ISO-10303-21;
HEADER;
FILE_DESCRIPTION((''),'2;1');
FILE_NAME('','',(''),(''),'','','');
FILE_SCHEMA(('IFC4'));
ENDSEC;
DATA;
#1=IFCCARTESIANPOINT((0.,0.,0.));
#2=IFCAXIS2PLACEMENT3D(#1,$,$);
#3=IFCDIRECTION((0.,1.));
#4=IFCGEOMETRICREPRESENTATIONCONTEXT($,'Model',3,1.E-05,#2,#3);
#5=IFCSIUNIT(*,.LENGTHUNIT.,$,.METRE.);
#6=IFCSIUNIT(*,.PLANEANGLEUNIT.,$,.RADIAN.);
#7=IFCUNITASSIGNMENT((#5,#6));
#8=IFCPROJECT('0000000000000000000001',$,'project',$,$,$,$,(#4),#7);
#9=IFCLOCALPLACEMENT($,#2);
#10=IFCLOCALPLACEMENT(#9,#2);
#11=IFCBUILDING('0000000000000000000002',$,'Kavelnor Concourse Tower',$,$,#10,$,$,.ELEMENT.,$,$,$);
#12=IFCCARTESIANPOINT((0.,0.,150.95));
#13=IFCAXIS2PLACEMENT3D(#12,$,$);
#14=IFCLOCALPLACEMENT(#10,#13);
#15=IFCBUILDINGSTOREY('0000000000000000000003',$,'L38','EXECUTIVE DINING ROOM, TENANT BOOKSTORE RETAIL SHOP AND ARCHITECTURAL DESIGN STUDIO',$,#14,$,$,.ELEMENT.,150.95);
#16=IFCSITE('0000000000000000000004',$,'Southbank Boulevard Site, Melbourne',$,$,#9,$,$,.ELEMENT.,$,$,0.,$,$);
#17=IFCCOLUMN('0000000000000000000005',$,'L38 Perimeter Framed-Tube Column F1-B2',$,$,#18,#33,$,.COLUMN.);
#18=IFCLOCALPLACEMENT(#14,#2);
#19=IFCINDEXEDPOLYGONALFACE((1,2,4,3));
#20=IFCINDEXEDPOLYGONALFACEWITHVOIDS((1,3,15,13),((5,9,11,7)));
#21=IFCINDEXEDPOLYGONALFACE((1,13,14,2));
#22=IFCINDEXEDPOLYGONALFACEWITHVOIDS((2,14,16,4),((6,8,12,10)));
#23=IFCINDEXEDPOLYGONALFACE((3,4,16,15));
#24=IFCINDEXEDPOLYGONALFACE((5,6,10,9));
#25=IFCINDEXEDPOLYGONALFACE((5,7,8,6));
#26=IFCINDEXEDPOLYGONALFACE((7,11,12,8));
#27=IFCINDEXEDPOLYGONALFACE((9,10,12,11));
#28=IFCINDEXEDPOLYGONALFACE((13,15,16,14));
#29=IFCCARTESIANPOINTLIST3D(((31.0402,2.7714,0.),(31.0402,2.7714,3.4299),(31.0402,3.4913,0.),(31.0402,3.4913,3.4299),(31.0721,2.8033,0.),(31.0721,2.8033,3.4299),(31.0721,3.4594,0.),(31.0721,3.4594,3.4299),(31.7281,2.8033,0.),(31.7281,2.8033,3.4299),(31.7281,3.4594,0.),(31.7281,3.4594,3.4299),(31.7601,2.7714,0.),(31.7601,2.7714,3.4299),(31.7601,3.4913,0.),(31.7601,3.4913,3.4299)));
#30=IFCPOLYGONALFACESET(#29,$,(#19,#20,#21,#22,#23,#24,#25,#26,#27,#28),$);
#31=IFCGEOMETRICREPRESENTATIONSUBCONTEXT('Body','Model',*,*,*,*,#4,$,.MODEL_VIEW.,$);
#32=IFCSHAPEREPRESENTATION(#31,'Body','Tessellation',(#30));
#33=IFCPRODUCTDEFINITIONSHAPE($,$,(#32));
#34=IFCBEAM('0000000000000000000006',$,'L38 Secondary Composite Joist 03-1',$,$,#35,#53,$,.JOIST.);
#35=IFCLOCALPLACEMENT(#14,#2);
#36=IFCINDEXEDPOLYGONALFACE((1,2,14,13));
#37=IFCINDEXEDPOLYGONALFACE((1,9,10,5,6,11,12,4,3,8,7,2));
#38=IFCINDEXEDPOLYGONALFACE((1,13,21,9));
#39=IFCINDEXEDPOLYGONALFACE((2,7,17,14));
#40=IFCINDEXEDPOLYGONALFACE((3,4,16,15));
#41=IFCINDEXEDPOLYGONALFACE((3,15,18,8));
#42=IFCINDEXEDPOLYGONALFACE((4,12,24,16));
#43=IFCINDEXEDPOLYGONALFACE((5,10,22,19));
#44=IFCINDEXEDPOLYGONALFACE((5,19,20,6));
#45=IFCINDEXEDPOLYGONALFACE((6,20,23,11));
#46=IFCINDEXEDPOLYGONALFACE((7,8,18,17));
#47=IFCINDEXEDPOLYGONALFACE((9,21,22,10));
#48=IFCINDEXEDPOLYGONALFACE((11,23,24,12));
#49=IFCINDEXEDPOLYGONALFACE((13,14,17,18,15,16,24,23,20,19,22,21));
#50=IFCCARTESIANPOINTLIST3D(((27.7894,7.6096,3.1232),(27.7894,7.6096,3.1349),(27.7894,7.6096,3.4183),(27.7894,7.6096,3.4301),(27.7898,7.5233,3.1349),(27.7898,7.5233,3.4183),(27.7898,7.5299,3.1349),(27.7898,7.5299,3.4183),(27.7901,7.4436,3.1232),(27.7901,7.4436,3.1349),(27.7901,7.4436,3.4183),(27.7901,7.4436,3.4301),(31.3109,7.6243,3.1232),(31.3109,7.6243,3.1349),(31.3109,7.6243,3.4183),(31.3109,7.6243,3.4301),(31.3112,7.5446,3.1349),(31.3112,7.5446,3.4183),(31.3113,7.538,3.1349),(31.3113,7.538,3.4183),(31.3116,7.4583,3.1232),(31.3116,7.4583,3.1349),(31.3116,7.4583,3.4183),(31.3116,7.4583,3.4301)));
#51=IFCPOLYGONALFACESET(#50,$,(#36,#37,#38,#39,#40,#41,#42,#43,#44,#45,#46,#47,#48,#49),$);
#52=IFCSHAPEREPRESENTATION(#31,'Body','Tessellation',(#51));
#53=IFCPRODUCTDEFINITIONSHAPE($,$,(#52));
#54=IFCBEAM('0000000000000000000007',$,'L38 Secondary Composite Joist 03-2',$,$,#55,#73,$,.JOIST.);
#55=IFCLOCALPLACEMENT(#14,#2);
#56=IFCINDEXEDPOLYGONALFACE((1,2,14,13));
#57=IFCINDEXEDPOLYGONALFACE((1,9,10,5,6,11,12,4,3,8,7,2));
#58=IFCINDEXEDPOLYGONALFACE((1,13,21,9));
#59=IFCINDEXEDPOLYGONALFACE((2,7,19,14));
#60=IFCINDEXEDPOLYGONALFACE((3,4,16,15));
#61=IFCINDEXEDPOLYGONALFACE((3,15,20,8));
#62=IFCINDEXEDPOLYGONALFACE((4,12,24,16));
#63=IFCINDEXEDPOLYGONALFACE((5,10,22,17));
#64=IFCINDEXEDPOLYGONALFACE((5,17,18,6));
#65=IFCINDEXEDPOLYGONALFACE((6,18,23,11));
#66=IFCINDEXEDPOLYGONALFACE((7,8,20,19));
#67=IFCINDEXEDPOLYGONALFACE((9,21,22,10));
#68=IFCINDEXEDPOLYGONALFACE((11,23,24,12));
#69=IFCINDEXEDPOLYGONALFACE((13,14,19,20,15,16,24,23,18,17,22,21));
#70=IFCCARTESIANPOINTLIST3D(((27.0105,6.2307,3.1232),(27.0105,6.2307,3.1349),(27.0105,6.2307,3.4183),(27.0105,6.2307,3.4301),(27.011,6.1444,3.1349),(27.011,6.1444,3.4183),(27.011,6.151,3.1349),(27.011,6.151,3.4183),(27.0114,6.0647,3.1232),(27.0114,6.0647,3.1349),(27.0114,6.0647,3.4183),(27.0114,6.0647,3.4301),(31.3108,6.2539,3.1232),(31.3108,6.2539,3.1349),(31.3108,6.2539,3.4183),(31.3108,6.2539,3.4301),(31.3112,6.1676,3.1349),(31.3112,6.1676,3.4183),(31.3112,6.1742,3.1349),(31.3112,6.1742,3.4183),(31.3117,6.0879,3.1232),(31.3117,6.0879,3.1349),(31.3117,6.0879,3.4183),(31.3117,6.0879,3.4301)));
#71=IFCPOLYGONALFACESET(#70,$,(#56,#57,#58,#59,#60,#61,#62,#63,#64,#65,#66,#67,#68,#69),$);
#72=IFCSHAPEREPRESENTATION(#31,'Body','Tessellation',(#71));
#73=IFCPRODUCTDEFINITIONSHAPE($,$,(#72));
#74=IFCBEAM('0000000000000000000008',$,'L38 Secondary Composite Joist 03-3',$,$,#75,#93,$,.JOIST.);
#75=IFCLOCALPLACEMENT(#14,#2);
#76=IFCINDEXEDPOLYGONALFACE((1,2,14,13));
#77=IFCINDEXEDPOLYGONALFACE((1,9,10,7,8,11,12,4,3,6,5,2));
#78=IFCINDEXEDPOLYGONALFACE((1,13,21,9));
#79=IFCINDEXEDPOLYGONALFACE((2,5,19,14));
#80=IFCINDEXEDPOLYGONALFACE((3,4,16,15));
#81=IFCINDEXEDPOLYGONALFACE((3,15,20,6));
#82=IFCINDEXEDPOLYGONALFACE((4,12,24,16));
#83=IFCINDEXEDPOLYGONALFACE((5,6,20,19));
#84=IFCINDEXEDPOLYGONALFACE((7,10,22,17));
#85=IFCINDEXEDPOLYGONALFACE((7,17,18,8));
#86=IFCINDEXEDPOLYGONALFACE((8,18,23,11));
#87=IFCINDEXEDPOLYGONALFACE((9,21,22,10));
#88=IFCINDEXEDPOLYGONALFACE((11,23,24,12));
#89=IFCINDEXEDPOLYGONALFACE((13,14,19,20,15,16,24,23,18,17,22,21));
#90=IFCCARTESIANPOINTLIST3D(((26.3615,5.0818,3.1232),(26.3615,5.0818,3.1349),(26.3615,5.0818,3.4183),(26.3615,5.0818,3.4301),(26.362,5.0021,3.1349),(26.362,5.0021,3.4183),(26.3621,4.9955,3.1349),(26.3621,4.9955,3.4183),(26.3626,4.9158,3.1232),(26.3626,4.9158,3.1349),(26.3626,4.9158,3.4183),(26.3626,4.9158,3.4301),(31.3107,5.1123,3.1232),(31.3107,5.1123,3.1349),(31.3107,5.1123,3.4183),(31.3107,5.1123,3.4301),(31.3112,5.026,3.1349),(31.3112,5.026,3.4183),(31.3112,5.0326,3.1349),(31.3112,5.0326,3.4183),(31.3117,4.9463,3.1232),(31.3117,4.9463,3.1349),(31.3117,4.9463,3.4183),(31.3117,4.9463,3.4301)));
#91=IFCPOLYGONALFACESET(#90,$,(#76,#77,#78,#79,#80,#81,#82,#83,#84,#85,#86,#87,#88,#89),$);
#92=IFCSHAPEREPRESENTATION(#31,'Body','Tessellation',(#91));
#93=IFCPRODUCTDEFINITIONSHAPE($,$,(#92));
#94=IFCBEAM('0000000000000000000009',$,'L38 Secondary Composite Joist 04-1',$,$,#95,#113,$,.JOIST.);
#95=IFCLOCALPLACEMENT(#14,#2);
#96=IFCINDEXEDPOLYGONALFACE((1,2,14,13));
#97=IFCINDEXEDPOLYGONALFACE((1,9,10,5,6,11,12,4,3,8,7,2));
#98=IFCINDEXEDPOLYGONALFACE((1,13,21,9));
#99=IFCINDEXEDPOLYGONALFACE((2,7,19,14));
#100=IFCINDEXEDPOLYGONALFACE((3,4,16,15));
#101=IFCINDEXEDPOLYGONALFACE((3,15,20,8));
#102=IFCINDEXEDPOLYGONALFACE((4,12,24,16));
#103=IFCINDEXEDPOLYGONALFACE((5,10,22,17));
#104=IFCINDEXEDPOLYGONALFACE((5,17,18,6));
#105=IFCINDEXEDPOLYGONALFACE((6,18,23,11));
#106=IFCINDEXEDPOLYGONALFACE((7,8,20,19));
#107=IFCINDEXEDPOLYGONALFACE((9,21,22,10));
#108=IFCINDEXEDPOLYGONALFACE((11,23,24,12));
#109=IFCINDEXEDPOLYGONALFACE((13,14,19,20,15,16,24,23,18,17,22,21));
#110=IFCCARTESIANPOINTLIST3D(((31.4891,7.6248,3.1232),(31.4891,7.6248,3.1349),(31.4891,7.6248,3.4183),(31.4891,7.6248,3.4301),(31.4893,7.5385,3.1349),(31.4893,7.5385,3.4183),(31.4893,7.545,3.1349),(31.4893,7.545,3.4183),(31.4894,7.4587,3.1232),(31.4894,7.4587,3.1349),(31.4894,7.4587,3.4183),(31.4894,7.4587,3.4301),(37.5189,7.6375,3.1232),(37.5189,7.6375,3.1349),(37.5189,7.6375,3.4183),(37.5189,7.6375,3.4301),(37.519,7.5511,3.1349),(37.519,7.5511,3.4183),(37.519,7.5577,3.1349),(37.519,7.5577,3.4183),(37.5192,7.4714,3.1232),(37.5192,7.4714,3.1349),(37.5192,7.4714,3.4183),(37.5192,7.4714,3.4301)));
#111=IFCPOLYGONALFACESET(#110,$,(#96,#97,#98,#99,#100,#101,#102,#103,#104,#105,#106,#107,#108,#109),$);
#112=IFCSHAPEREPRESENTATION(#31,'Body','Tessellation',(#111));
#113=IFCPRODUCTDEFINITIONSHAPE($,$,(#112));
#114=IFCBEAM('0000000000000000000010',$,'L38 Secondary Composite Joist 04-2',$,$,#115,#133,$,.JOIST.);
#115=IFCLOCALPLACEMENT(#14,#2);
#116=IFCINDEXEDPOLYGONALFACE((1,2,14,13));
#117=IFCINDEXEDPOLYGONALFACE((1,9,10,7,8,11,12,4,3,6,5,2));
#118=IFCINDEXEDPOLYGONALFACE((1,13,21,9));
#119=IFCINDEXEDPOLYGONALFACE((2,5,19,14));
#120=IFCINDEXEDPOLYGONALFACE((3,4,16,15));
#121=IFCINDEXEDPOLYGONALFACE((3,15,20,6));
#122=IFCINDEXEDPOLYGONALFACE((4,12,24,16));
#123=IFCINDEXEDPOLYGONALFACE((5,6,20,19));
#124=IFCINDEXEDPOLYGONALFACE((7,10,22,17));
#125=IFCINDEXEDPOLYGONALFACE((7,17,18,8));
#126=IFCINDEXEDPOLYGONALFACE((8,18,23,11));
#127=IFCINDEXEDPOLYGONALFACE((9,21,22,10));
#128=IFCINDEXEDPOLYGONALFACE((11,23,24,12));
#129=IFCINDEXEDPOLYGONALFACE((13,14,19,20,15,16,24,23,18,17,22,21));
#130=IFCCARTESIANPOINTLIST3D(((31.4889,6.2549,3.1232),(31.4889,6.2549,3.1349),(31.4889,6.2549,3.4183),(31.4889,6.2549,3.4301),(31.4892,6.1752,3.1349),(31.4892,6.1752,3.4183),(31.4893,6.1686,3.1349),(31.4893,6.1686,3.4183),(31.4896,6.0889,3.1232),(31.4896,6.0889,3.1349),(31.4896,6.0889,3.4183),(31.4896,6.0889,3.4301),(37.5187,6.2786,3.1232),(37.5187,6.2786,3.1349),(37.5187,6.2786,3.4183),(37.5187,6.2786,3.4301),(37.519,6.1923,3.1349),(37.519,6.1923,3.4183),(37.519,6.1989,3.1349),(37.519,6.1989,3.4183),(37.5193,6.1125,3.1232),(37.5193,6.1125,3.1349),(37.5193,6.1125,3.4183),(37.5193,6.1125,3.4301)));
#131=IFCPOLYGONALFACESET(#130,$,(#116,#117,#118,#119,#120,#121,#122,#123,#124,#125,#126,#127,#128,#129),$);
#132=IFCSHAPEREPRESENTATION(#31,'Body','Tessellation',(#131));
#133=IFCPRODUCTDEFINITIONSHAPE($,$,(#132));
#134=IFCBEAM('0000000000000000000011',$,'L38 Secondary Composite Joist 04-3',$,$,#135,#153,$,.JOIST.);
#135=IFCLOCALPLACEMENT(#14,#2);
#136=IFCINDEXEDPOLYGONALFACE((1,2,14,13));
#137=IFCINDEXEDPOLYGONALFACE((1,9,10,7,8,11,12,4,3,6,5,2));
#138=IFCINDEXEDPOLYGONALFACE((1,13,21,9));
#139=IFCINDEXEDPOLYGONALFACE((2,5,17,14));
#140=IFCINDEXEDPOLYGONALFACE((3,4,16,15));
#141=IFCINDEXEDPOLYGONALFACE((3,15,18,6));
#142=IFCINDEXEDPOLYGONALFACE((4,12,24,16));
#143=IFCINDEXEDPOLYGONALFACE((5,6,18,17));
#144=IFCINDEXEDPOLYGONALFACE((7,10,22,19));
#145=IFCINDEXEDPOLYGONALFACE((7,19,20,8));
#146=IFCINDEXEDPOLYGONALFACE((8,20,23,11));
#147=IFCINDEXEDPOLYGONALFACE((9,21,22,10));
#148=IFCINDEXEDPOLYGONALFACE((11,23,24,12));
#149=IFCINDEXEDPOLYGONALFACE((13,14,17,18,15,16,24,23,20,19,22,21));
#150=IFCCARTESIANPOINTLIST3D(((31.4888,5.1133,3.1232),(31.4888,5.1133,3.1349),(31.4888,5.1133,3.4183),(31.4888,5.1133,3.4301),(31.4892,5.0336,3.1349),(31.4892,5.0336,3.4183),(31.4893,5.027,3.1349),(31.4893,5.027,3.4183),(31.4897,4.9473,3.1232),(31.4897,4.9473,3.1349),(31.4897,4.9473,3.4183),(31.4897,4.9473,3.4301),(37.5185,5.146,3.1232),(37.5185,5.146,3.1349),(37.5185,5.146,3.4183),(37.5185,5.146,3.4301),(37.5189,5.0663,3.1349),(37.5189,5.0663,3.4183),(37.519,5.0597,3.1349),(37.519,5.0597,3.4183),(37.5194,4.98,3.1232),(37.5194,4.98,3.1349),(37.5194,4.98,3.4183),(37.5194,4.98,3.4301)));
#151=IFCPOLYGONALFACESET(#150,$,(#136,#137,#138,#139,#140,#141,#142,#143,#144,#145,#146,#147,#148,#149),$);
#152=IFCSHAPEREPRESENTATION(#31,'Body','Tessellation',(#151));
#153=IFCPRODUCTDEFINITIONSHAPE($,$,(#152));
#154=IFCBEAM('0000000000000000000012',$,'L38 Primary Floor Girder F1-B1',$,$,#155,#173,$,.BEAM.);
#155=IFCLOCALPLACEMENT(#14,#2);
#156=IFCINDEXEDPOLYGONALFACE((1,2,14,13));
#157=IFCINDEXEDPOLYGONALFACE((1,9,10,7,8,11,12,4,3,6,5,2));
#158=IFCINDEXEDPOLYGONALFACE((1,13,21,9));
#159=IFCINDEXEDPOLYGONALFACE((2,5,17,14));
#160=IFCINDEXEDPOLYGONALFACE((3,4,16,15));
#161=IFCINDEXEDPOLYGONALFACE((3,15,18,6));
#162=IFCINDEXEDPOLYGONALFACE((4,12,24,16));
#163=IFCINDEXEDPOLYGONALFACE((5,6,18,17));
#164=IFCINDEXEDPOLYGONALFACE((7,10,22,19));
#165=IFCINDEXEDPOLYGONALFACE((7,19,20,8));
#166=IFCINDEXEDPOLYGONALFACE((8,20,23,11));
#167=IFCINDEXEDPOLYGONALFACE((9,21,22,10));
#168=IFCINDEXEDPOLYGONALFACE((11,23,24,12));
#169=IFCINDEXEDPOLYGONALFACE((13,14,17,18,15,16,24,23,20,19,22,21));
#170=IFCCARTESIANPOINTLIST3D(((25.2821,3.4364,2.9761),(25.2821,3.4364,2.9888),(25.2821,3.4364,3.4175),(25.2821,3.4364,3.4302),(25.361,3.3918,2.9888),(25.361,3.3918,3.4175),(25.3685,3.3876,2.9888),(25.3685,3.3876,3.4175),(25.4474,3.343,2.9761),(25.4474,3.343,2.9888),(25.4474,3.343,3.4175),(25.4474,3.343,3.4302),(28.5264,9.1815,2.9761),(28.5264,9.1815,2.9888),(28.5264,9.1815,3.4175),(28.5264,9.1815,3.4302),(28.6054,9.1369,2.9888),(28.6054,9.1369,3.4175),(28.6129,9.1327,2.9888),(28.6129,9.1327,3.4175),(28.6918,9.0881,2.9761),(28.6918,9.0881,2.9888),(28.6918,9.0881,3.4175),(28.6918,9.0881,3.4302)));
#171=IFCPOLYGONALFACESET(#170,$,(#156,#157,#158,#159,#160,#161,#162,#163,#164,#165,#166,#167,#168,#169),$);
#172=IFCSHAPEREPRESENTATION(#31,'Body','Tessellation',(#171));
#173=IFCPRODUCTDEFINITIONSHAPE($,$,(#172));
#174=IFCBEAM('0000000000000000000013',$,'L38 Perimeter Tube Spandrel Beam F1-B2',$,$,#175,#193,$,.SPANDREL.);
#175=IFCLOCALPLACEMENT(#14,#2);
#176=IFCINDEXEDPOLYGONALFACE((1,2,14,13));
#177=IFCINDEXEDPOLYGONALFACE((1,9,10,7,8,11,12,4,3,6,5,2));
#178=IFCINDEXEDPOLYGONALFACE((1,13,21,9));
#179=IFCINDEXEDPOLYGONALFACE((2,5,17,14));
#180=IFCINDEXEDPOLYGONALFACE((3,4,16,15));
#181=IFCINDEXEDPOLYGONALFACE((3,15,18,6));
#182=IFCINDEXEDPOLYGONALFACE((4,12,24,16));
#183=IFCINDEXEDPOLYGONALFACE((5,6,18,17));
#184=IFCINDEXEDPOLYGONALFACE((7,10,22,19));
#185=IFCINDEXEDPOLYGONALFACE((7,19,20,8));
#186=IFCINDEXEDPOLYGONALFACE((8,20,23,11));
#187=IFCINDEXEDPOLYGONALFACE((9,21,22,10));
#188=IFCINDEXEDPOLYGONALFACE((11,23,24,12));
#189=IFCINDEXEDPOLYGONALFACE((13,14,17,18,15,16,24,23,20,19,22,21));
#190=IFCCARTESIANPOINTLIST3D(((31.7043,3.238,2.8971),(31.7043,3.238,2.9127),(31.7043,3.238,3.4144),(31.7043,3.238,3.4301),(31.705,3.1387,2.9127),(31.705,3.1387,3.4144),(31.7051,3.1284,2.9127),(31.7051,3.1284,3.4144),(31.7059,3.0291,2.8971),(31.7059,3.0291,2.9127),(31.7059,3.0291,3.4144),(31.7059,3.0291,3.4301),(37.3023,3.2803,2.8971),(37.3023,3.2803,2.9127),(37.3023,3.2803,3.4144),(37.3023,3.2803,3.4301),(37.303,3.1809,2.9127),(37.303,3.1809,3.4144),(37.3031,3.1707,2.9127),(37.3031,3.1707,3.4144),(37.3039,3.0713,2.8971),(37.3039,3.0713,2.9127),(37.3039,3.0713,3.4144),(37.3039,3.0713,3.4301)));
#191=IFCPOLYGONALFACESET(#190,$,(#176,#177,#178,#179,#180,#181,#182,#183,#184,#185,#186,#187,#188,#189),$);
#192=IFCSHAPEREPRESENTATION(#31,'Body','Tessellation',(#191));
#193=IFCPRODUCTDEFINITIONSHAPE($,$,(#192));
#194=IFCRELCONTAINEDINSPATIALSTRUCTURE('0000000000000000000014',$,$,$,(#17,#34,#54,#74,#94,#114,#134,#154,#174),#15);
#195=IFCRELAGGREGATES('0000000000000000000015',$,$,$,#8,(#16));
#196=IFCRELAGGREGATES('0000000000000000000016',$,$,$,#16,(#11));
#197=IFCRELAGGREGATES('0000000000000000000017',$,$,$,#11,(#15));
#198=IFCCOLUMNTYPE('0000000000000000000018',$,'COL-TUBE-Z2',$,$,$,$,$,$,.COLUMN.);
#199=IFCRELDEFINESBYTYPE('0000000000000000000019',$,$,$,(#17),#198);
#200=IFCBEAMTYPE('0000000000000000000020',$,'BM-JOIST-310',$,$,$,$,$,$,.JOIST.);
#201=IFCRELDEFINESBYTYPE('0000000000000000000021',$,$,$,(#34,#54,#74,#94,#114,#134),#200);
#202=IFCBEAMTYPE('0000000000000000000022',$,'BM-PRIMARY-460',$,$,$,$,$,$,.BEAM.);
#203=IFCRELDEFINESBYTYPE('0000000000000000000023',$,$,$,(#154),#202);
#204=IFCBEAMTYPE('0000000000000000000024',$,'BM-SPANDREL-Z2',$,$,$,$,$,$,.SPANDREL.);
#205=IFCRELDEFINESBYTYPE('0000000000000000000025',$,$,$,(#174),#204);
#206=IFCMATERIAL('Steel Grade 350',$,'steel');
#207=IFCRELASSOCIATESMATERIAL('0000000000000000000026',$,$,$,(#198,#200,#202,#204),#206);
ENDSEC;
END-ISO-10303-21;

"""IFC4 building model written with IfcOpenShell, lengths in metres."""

from ifc_helpers import new_model, si_unit, direction, frame, origin, origin_2d, place, context, subcontext, project, spatial, hollow_rectangle, i_section, extrude, material, material_profile, profile_set, type_object, element, save


model = new_model("IFC4")

# Units and contexts
model_context = context("Model", 3, precision=1e-05, world=origin(), true_north=direction((0.0, 1.0)))
body_context = subcontext(model_context, "Body", "Model", "MODEL_VIEW")
ifc_project = project(units=[si_unit("LENGTHUNIT", "METRE"), si_unit("PLANEANGLEUNIT", "RADIAN")], contexts=[model_context])

# Site, building, storey
site_placement = place(None, origin())
site = spatial("IfcSite", under=ifc_project, at=site_placement, Name="Southbank Boulevard Site, Melbourne", CompositionType="ELEMENT", RefElevation=0.0)
building_placement = place(site_placement, origin())
building = spatial("IfcBuilding", under=site, at=building_placement, Name="Kavelnor Concourse Tower", CompositionType="ELEMENT")
storey_placement = place(building_placement, frame((0.0, 0.0, 150.95)))
storey = spatial("IfcBuildingStorey", under=building, at=storey_placement, Name="L38", Description="EXECUTIVE DINING ROOM, TENANT BOOKSTORE RETAIL SHOP AND ARCHITECTURAL DESIGN STUDIO", CompositionType="ELEMENT", Elevation=150.95)

# Column
ifc_material_1 = material(Name="Steel Grade 350", Category="steel")
ifc_material_profile_1 = material_profile(ifc_material_1, hollow_rectangle(XDim=0.72, YDim=0.72, WallThickness=0.032, at=origin_2d()), Name="SHS 720x720x32")
ifc_profile_set_1 = profile_set([ifc_material_profile_1], Name="Steel Grade 350")
column_type = type_object("IfcColumnType", Name="COL-TUBE-Z2", PredefinedType="COLUMN", material=ifc_profile_set_1)
column_placement = place(storey_placement, frame((31.4001, 3.1313, 0.0), z_axis=(0.0, 0.0, 1.0), x_axis=(1.0, 0.0, 0.0)))
element("IfcColumn", 1, at=column_placement, inside=storey, type_object=column_type, Name="L38 Perimeter Framed-Tube Column F1-B2", PredefinedType="COLUMN", context=body_context, shape_type="SweptSolid", body=[
    extrude(hollow_rectangle(XDim=0.72, YDim=0.72, WallThickness=0.032, at=origin_2d()), origin(), (0.0, 0.0, 1.0), 3.4299),
])

# Beams
ifc_material_profile_2 = material_profile(ifc_material_1, i_section(OverallWidth=0.166, OverallDepth=0.3069, WebThickness=0.0066, FlangeThickness=0.0117, at=origin_2d()), Name="310UB46")
ifc_profile_set_2 = profile_set([ifc_material_profile_2], Name="Steel Grade 350")
beam_type_1 = type_object("IfcBeamType", Name="BM-JOIST-310", PredefinedType="JOIST", material=ifc_profile_set_2)
beam_1_placement = place(storey_placement, frame((27.7898, 7.5266, 3.2766), z_axis=(0.999991, 0.00416, 0.0), x_axis=(-0.00416, 0.999991, 0.0)))
element("IfcBeam", 2, at=beam_1_placement, inside=storey, type_object=beam_type_1, Name="L38 Secondary Composite Joist 03-1", PredefinedType="JOIST", context=body_context, shape_type="SweptSolid", body=[
    extrude(i_section(OverallWidth=0.166, OverallDepth=0.3069, WebThickness=0.0066, FlangeThickness=0.0117, at=origin_2d()), origin(), (0.0, 0.0, 1.0), 3.5215),
])
beam_2_placement = place(storey_placement, frame((27.011, 6.1477, 3.2766), z_axis=(0.999985, 0.005393, 0.0), x_axis=(-0.005393, 0.999985, 0.0)))
element("IfcBeam", 3, at=beam_2_placement, inside=storey, type_object=beam_type_1, Name="L38 Secondary Composite Joist 03-2", PredefinedType="JOIST", context=body_context, shape_type="SweptSolid", body=[
    extrude(i_section(OverallWidth=0.166, OverallDepth=0.3069, WebThickness=0.0066, FlangeThickness=0.0117, at=origin_2d()), origin(), (0.0, 0.0, 1.0), 4.3003),
])
beam_3_placement = place(storey_placement, frame((26.3621, 4.9988, 3.2766), z_axis=(0.999981, 0.006166, 0.0), x_axis=(-0.006166, 0.999981, 0.0)))
element("IfcBeam", 4, at=beam_3_placement, inside=storey, type_object=beam_type_1, Name="L38 Secondary Composite Joist 03-3", PredefinedType="JOIST", context=body_context, shape_type="SweptSolid", body=[
    extrude(i_section(OverallWidth=0.166, OverallDepth=0.3069, WebThickness=0.0066, FlangeThickness=0.0117, at=origin_2d()), origin(), (0.0, 0.0, 1.0), 4.9492),
])
for number, where, z_axis, x_axis, name in (
    (5, (31.4893, 7.5417, 3.2766), (0.999998, 0.002105, 0.0), (-0.002105, 0.999998, 0.0), "L38 Secondary Composite Joist 04-1"),
    (6, (31.4893, 6.1719, 3.2766), (0.999992, 0.003927, 0.0), (-0.003927, 0.999992, 0.0), "L38 Secondary Composite Joist 04-2"),
    (7, (31.4893, 5.0303, 3.2766), (0.999985, 0.005425, 0.0), (-0.005425, 0.999985, 0.0), "L38 Secondary Composite Joist 04-3"),
):
    element("IfcBeam", number, at=place(storey_placement, frame(where, z_axis=z_axis, x_axis=x_axis)), inside=storey, type_object=beam_type_1, Name=name, PredefinedType="JOIST", context=body_context, shape_type="SweptSolid", body=[
        extrude(i_section(OverallWidth=0.166, OverallDepth=0.3069, WebThickness=0.0066, FlangeThickness=0.0117, at=origin_2d()), origin(), (0.0, 0.0, 1.0), 6.0298),
    ])
ifc_material_profile_3 = material_profile(ifc_material_1, i_section(OverallWidth=0.1899, OverallDepth=0.4541, WebThickness=0.0085, FlangeThickness=0.0127, at=origin_2d()), Name="460UB67")
ifc_profile_set_3 = profile_set([ifc_material_profile_3], Name="Steel Grade 350")
beam_type_2 = type_object("IfcBeamType", Name="BM-PRIMARY-460", PredefinedType="BEAM", material=ifc_profile_set_3)
beam_4_placement = place(storey_placement, frame((28.6091, 9.1348, 3.2031), z_axis=(-0.491729, -0.870748, 0.0), x_axis=(0.870748, -0.491729, 0.0)))
element("IfcBeam", 8, at=beam_4_placement, inside=storey, type_object=beam_type_2, Name="L38 Primary Floor Girder F1-B1", PredefinedType="BEAM", context=body_context, shape_type="SweptSolid", body=[
    extrude(i_section(OverallWidth=0.1899, OverallDepth=0.4541, WebThickness=0.0085, FlangeThickness=0.0127, at=origin_2d()), origin(), (0.0, 0.0, 1.0), 6.5979),
])
ifc_material_profile_4 = material_profile(ifc_material_1, i_section(OverallWidth=0.209, OverallDepth=0.533, WebThickness=0.0103, FlangeThickness=0.0156, at=origin_2d()), Name="530UB92")
ifc_profile_set_4 = profile_set([ifc_material_profile_4], Name="Steel Grade 350")
beam_type_3 = type_object("IfcBeamType", Name="BM-SPANDREL-Z2", PredefinedType="SPANDREL", material=ifc_profile_set_4)
beam_5_placement = place(storey_placement, frame((31.7051, 3.1335, 3.1636), z_axis=(0.999972, 0.007545, 0.0), x_axis=(-0.007545, 0.999972, 0.0)))
element("IfcBeam", 9, at=beam_5_placement, inside=storey, type_object=beam_type_3, Name="L38 Perimeter Tube Spandrel Beam F1-B2", PredefinedType="SPANDREL", context=body_context, shape_type="SweptSolid", body=[
    extrude(i_section(OverallWidth=0.209, OverallDepth=0.533, WebThickness=0.0103, FlangeThickness=0.0156, at=origin_2d()), origin(), (0.0, 0.0, 1.0), 5.5981),
])

save(model, "model.ifc")
